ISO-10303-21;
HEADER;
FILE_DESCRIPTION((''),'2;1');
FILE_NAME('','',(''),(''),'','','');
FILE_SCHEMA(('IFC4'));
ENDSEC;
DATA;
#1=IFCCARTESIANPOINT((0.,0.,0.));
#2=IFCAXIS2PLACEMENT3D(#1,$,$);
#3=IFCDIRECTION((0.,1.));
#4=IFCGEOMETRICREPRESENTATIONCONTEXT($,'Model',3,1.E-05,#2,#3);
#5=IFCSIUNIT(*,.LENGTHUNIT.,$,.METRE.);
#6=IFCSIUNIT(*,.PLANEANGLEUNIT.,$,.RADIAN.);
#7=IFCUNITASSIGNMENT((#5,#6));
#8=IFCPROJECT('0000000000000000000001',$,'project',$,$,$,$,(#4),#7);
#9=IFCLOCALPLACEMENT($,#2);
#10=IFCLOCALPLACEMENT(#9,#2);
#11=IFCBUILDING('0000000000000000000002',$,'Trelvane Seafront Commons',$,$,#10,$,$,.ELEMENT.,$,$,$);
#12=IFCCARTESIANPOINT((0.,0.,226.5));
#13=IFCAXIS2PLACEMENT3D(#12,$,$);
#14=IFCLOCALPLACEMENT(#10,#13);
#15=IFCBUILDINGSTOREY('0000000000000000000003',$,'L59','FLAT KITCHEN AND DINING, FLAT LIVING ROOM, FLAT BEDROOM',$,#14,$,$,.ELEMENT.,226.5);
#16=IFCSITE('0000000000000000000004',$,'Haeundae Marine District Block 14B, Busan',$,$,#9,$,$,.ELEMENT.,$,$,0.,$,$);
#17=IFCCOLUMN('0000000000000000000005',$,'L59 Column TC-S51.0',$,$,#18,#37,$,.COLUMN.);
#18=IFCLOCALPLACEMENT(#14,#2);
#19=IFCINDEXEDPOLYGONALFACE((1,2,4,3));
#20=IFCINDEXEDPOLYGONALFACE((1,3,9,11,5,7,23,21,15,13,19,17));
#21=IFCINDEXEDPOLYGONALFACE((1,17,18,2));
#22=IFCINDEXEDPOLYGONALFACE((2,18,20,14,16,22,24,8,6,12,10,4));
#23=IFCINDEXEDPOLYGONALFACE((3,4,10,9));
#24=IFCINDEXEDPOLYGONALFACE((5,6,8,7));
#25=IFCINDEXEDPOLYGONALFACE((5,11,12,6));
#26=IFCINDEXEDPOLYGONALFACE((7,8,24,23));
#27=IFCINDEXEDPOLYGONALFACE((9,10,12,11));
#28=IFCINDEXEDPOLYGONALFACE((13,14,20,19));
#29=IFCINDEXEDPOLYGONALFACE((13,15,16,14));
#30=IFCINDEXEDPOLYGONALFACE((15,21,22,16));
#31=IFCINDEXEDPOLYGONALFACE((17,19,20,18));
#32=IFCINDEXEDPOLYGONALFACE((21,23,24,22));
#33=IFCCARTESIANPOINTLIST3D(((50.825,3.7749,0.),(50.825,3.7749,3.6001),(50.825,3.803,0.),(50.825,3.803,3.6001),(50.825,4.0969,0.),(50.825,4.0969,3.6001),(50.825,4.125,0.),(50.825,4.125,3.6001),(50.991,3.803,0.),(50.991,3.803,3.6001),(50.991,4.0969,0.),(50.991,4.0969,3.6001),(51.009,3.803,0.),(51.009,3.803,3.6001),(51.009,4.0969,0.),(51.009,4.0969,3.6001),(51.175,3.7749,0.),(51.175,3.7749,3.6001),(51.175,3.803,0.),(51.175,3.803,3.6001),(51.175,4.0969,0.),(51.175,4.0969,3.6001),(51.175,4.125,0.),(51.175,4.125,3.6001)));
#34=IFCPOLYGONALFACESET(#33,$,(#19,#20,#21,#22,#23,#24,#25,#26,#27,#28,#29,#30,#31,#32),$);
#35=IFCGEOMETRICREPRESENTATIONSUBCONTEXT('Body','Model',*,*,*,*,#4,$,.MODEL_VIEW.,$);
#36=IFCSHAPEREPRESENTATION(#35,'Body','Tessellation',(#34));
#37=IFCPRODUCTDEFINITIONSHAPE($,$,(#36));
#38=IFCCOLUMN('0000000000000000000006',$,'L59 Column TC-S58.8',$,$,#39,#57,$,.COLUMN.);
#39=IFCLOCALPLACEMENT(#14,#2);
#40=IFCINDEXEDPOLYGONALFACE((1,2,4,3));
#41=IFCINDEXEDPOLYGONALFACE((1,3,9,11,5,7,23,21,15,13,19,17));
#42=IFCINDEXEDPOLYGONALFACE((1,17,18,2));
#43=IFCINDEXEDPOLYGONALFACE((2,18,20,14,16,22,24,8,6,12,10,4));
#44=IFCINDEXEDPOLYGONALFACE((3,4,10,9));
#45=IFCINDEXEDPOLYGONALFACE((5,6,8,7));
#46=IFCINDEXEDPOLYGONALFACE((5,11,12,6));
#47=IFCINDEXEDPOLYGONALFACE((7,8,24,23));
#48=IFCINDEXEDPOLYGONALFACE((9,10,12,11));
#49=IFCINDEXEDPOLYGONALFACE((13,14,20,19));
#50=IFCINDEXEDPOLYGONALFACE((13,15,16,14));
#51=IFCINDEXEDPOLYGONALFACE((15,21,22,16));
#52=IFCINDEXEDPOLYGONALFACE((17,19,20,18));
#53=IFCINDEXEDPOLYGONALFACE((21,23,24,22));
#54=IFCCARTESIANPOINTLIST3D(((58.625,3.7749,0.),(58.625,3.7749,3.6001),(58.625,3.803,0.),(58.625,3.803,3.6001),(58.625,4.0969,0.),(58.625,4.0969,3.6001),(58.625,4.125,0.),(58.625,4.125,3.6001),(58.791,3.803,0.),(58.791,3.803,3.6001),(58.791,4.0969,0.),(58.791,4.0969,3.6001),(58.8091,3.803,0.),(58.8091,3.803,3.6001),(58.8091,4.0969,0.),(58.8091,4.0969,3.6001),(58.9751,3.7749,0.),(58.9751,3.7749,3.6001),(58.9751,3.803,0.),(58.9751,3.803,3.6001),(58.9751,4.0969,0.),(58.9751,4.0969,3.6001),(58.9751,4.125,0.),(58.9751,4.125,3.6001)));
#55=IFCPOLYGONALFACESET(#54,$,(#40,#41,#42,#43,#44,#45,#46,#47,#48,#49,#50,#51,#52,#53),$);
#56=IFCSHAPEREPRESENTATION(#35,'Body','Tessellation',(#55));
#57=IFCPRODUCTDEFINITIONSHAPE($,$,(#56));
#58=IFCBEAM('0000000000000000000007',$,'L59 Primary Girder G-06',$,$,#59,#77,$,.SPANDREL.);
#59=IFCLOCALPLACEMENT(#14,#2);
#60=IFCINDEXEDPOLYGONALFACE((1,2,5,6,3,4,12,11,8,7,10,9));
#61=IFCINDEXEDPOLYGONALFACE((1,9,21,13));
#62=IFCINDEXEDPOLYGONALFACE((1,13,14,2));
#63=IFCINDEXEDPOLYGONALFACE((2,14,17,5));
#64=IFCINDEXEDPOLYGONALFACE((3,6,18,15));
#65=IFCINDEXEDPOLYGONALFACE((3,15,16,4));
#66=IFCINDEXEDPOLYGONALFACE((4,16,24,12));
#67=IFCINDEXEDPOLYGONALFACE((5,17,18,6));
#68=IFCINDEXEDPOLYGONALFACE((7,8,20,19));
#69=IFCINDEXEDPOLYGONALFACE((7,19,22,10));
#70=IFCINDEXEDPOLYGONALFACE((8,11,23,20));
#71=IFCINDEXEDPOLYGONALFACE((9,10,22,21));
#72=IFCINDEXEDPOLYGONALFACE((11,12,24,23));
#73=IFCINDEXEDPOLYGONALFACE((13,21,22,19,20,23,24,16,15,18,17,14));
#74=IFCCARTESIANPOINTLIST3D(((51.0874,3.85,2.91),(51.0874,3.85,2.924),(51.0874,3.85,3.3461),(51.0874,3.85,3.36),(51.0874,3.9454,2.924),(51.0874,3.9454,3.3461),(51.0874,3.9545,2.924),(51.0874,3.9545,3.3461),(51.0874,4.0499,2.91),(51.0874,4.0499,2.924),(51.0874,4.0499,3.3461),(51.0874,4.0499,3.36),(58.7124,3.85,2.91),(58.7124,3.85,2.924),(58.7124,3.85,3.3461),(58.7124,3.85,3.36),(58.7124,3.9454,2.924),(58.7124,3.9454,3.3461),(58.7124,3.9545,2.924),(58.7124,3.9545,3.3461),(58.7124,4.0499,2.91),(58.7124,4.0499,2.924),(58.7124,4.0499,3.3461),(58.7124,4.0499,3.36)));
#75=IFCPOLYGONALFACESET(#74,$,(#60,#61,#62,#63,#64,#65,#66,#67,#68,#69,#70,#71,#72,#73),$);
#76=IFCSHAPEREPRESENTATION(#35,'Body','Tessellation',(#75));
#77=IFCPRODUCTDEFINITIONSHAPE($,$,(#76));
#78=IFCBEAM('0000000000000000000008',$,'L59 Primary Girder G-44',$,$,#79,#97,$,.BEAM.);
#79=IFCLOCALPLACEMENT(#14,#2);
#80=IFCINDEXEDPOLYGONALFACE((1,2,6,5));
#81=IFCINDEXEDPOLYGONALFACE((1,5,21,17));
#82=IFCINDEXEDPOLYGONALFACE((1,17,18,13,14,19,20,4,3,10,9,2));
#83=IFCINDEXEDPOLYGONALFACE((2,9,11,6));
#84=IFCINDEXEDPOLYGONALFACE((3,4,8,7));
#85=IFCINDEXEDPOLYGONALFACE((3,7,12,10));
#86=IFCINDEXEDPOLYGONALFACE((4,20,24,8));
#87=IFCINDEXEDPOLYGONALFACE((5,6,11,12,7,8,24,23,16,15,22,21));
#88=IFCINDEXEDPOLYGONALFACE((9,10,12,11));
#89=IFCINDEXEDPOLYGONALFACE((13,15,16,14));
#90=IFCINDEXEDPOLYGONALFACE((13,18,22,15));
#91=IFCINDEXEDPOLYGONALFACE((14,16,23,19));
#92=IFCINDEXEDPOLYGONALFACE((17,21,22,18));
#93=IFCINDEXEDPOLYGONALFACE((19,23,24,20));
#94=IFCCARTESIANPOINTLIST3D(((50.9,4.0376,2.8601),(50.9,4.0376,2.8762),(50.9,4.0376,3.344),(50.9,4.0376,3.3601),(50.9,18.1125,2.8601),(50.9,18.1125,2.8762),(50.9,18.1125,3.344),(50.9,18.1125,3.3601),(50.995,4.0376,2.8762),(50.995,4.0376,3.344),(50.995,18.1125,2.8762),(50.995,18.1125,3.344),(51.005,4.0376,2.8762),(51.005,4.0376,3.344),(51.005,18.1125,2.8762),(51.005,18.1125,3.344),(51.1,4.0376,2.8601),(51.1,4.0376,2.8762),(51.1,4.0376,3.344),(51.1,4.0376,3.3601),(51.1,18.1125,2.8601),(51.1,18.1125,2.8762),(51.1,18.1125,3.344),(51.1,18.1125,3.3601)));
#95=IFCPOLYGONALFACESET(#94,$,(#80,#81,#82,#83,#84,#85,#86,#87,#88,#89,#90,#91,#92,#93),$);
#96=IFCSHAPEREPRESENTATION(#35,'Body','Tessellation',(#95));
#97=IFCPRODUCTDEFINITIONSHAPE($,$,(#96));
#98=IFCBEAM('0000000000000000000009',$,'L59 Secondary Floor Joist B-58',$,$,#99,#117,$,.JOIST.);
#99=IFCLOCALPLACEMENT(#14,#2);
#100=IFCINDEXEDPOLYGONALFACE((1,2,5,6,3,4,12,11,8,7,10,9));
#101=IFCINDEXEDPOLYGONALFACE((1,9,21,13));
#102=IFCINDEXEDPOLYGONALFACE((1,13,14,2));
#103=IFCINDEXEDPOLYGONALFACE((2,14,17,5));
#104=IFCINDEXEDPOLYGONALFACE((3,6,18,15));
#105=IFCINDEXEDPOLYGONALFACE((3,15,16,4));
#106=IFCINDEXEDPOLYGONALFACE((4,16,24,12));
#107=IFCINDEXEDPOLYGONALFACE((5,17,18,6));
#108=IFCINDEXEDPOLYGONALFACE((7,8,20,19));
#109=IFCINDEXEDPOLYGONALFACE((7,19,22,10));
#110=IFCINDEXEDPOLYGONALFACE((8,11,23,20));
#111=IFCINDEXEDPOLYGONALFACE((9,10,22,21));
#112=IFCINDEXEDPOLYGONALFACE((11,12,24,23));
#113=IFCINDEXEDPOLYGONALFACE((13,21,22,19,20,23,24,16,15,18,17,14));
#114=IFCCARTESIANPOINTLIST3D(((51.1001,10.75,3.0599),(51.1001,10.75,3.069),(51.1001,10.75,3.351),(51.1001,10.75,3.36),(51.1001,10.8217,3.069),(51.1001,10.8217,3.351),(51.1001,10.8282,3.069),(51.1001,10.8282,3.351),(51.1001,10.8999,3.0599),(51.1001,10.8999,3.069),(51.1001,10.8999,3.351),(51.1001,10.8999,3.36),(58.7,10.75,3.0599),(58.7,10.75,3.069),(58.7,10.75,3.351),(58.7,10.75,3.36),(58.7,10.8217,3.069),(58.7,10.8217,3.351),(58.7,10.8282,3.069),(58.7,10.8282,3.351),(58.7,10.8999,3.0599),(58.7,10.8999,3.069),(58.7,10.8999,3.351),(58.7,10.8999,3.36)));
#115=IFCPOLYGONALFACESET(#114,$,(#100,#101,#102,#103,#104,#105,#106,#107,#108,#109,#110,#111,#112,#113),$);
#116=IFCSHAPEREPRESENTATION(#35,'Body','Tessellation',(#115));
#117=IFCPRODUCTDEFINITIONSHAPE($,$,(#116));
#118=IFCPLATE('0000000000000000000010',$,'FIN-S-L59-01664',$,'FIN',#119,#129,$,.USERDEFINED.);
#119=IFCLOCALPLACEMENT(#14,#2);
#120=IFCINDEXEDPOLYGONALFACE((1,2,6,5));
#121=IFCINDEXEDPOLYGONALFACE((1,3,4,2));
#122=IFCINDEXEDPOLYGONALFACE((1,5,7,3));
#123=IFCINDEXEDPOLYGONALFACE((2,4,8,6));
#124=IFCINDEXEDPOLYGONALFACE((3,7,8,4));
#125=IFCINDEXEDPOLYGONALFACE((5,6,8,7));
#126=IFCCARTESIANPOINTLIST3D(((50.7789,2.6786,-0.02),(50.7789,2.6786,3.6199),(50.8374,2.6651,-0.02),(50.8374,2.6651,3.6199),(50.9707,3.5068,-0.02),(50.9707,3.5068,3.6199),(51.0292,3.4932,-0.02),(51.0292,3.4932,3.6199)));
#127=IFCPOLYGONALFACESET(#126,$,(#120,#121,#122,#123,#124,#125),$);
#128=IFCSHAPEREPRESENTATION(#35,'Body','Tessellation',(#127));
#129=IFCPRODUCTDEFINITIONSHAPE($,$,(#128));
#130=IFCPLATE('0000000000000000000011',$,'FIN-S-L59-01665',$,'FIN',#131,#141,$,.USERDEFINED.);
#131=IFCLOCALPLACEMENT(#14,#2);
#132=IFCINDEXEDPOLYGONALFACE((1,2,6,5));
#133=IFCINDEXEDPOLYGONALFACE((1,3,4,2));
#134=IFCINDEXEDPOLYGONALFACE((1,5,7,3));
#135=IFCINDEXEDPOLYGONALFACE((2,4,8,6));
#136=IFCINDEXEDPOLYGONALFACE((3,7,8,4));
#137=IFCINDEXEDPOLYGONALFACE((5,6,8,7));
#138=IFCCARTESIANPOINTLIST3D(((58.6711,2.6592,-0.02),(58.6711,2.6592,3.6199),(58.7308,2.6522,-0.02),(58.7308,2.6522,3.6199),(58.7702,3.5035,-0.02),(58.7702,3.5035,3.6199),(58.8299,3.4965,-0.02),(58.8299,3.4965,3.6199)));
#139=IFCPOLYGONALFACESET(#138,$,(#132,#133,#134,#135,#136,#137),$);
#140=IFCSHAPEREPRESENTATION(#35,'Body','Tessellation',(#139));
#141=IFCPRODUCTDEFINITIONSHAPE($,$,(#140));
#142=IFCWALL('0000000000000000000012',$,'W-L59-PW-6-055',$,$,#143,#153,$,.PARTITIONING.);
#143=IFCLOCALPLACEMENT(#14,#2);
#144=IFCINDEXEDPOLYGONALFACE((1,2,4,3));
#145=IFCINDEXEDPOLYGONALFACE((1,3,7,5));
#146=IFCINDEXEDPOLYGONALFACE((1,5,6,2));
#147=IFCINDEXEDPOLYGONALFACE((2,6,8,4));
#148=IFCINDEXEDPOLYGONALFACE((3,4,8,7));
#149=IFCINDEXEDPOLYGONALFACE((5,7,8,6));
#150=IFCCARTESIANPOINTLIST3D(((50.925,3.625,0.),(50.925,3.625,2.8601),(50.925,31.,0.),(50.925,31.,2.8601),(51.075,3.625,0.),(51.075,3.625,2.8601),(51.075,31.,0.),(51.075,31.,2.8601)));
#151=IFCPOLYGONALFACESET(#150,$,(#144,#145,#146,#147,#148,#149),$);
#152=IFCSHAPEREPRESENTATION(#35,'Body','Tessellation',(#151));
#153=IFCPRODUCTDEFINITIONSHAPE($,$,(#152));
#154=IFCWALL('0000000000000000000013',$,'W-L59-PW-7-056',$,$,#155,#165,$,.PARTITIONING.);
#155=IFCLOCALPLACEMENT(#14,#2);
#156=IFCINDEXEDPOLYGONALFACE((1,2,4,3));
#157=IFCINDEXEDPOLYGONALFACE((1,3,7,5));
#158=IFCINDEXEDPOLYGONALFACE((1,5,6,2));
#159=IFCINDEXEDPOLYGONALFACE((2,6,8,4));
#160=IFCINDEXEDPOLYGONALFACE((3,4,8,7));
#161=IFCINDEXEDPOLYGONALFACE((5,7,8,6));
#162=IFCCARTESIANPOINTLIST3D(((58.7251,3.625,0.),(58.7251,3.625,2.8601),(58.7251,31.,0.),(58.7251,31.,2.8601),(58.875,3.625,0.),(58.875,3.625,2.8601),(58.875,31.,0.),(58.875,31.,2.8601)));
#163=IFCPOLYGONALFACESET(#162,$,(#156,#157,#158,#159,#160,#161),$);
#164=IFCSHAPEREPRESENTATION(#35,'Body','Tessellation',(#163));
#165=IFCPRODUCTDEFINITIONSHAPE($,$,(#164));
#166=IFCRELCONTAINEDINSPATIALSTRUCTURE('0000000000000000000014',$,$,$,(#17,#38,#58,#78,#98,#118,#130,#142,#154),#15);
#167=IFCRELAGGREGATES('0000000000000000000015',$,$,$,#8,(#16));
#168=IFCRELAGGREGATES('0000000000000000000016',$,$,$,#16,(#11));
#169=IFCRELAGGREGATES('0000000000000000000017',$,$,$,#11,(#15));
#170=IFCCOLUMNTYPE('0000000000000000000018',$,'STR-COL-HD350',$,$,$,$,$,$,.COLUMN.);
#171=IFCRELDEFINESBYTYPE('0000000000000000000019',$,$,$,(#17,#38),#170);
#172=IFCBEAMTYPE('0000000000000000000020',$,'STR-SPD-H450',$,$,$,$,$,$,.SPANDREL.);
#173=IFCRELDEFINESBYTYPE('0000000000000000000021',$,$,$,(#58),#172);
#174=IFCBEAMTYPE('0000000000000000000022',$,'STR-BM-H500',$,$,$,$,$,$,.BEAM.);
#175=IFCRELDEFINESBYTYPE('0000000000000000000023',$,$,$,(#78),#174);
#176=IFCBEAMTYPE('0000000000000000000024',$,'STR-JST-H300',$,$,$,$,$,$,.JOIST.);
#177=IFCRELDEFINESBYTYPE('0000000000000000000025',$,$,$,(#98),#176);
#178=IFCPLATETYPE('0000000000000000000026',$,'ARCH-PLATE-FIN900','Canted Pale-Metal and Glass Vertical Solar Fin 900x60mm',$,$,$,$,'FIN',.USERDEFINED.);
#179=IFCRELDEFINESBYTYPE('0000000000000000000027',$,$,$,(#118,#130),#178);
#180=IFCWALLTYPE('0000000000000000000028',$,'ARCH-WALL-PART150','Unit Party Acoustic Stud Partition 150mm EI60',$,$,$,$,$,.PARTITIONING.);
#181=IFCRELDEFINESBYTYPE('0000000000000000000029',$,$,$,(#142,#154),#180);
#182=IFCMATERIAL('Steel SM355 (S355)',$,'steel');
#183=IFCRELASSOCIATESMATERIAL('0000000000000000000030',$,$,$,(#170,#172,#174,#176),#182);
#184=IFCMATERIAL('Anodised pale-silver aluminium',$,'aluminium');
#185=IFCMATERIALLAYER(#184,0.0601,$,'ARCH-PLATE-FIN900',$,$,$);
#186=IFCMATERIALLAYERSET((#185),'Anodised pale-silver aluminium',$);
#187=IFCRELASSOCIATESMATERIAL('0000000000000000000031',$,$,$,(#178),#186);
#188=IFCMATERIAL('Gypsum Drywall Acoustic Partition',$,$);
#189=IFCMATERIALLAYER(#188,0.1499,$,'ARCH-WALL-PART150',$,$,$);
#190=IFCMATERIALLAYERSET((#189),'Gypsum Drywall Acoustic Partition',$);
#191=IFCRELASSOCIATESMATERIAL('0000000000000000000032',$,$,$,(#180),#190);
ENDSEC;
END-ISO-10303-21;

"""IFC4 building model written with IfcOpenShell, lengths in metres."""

from ifc_helpers import new_model, si_unit, direction, frame, frame_2d, origin, origin_2d, place, context, subcontext, project, spatial, rectangle, i_section, extrude, source, transform, mapped, material, layer, layer_set, material_profile, profile_set, type_object, element, save


model = new_model("IFC4")

# Units and contexts
model_context = context("Model", 3, precision=1e-05, world=origin(), true_north=direction((0.0, 1.0)))
body_context = subcontext(model_context, "Body", "Model", "MODEL_VIEW")
ifc_project = project(units=[si_unit("LENGTHUNIT", "METRE"), si_unit("PLANEANGLEUNIT", "RADIAN")], contexts=[model_context])

# Site, building, storey
site_placement = place(None, origin())
site = spatial("IfcSite", under=ifc_project, at=site_placement, Name="Haeundae Marine District Block 14B, Busan", CompositionType="ELEMENT", RefElevation=0.0)
building_placement = place(site_placement, origin())
building = spatial("IfcBuilding", under=site, at=building_placement, Name="Trelvane Seafront Commons", CompositionType="ELEMENT")
storey_placement = place(building_placement, frame((0.0, 0.0, 226.5)))
storey = spatial("IfcBuildingStorey", under=building, at=storey_placement, Name="L59", Description="FLAT KITCHEN AND DINING, FLAT LIVING ROOM, FLAT BEDROOM", CompositionType="ELEMENT", Elevation=226.5)

# Columns
ifc_material_1 = material(Name="Steel SM355 (S355)", Category="steel")
ifc_material_profile_1 = material_profile(ifc_material_1, i_section(OverallWidth=0.3501, OverallDepth=0.3501, WebThickness=0.0181, FlangeThickness=0.0281, at=origin_2d()), Name="HD-350x350x18x28")
ifc_profile_set_1 = profile_set([ifc_material_profile_1], Name="Steel SM355 (S355)")
column_type = type_object("IfcColumnType", Name="STR-COL-HD350", PredefinedType="COLUMN", material=ifc_profile_set_1)
shared_shape_1 = source(origin(), body_context, "Body", "SweptSolid", [
    extrude(i_section(OverallWidth=0.3501, OverallDepth=0.3501, WebThickness=0.0181, FlangeThickness=0.0281, at=origin_2d()), origin(), (0.0, 0.0, 1.0), 3.6001),
])
for number, where, z_axis, x_axis, name in (
    (1, (51.0, 3.95, 0.0), (0.0, 0.0, 1.0), (1.0, 0.0, 0.0), "L59 Column TC-S51.0"),
    (2, (58.8, 3.95, 0.0), (0.0, 0.0, 1.0), (1.0, 0.0, 0.0), "L59 Column TC-S58.8"),
):
    element("IfcColumn", number, at=place(storey_placement, frame(where, z_axis=z_axis, x_axis=x_axis)), inside=storey, type_object=column_type, Name=name, PredefinedType="COLUMN", context=body_context, shape_type="MappedRepresentation", body=[
        mapped(shared_shape_1, transform((0.0, 0.0, 0.0), x_axis=(1.0, 0.0, 0.0), y_axis=(0.0, 1.0, 0.0), z_axis=(0.0, 0.0, 1.0), scale=1.0)),
    ])

# Beams
ifc_material_profile_2 = material_profile(ifc_material_1, i_section(OverallWidth=0.2, OverallDepth=0.45, WebThickness=0.009, FlangeThickness=0.0139, at=origin_2d()), Name="H-450x200x9x14")
ifc_profile_set_2 = profile_set([ifc_material_profile_2], Name="Steel SM355 (S355)")
beam_type_1 = type_object("IfcBeamType", Name="STR-SPD-H450", PredefinedType="SPANDREL", material=ifc_profile_set_2)
shared_shape_2 = source(origin(), body_context, "Body", "SweptSolid", [
    extrude(i_section(OverallWidth=0.2, OverallDepth=0.45, WebThickness=0.009, FlangeThickness=0.0139, at=origin_2d()), origin(), (0.0, 0.0, 1.0), 7.625),
])
beam_1_placement = place(storey_placement, frame((51.0874, 3.95, 3.135), z_axis=(1.0, 0.0, 0.0), x_axis=(0.0, 1.0, 0.0)))
element("IfcBeam", 3, at=beam_1_placement, inside=storey, type_object=beam_type_1, Name="L59 Primary Girder G-06", PredefinedType="SPANDREL", context=body_context, shape_type="MappedRepresentation", body=[
    mapped(shared_shape_2, transform((0.0, 0.0, 0.0), x_axis=(1.0, 0.0, 0.0), y_axis=(0.0, 1.0, 0.0), z_axis=(0.0, 0.0, 1.0), scale=1.0)),
])
ifc_material_profile_3 = material_profile(ifc_material_1, i_section(OverallWidth=0.2, OverallDepth=0.5, WebThickness=0.01, FlangeThickness=0.0161, at=origin_2d()), Name="H-500x200x10x16")
ifc_profile_set_3 = profile_set([ifc_material_profile_3], Name="Steel SM355 (S355)")
beam_type_2 = type_object("IfcBeamType", Name="STR-BM-H500", PredefinedType="BEAM", material=ifc_profile_set_3)
shared_shape_3 = source(origin(), body_context, "Body", "SweptSolid", [
    extrude(i_section(OverallWidth=0.2, OverallDepth=0.5, WebThickness=0.01, FlangeThickness=0.0161, at=origin_2d()), origin(), (0.0, 0.0, 1.0), 14.075),
])
beam_2_placement = place(storey_placement, frame((51.0, 4.0376, 3.1101), z_axis=(0.0, 1.0, 0.0), x_axis=(-1.0, 0.0, 0.0)))
element("IfcBeam", 4, at=beam_2_placement, inside=storey, type_object=beam_type_2, Name="L59 Primary Girder G-44", PredefinedType="BEAM", context=body_context, shape_type="MappedRepresentation", body=[
    mapped(shared_shape_3, transform((0.0, 0.0, 0.0), x_axis=(1.0, 0.0, 0.0), y_axis=(0.0, 1.0, 0.0), z_axis=(0.0, 0.0, 1.0), scale=1.0)),
])
ifc_material_profile_4 = material_profile(ifc_material_1, i_section(OverallWidth=0.1499, OverallDepth=0.3, WebThickness=0.0066, FlangeThickness=0.009, at=origin_2d()), Name="H-300x150x6.5x9")
ifc_profile_set_4 = profile_set([ifc_material_profile_4], Name="Steel SM355 (S355)")
beam_type_3 = type_object("IfcBeamType", Name="STR-JST-H300", PredefinedType="JOIST", material=ifc_profile_set_4)
shared_shape_4 = source(origin(), body_context, "Body", "SweptSolid", [
    extrude(i_section(OverallWidth=0.1499, OverallDepth=0.3, WebThickness=0.0066, FlangeThickness=0.009, at=origin_2d()), origin(), (0.0, 0.0, 1.0), 7.5999),
])
beam_3_placement = place(storey_placement, frame((51.1001, 10.825, 3.21), z_axis=(1.0, 0.0, 0.0), x_axis=(0.0, 1.0, 0.0)))
element("IfcBeam", 5, at=beam_3_placement, inside=storey, type_object=beam_type_3, Name="L59 Secondary Floor Joist B-58", PredefinedType="JOIST", context=body_context, shape_type="MappedRepresentation", body=[
    mapped(shared_shape_4, transform((0.0, 0.0, 0.0), x_axis=(1.0, 0.0, 0.0), y_axis=(0.0, 1.0, 0.0), z_axis=(0.0, 0.0, 1.0), scale=1.0)),
])

# Plates
ifc_material_2 = material(Name="Anodised pale-silver aluminium", Category="aluminium")
ifc_layer_1 = layer(ifc_material_2, 0.0601, Name="ARCH-PLATE-FIN900")
ifc_layer_set_1 = layer_set([ifc_layer_1], Name="Anodised pale-silver aluminium")
plate_type = type_object("IfcPlateType", Name="ARCH-PLATE-FIN900", Description="Canted Pale-Metal and Glass Vertical Solar Fin 900x60mm", ElementType="FIN", PredefinedType="USERDEFINED", material=ifc_layer_set_1)
shared_shape_5 = source(origin(), body_context, "Body", "SweptSolid", [
    extrude(rectangle(XDim=0.8501, YDim=0.0601, at=origin_2d()), origin(), (0.0, 0.0, 1.0), 3.6399),
])
for number, where, z_axis, x_axis, name in (
    (6, (50.9041, 3.0859, -0.02), (0.0, 0.0, 1.0), (-0.225641, -0.97421, 0.0), "FIN-S-L59-01664"),
    (7, (58.7505, 3.0779, -0.02), (0.0, 0.0, 1.0), (-0.116589, -0.99318, 0.0), "FIN-S-L59-01665"),
):
    element("IfcPlate", number, at=place(storey_placement, frame(where, z_axis=z_axis, x_axis=x_axis)), inside=storey, type_object=plate_type, Name=name, ObjectType="FIN", PredefinedType="USERDEFINED", context=body_context, shape_type="MappedRepresentation", body=[
        mapped(shared_shape_5, transform((0.0, 0.0, 0.0), x_axis=(1.0, 0.0, 0.0), y_axis=(0.0, 1.0, 0.0), z_axis=(0.0, 0.0, 1.0), scale=1.0)),
    ])

# Walls
ifc_material_3 = material(Name="Gypsum Drywall Acoustic Partition")
ifc_layer_2 = layer(ifc_material_3, 0.1499, Name="ARCH-WALL-PART150")
ifc_layer_set_2 = layer_set([ifc_layer_2], Name="Gypsum Drywall Acoustic Partition")
wall_type = type_object("IfcWallType", Name="ARCH-WALL-PART150", Description="Unit Party Acoustic Stud Partition 150mm EI60", PredefinedType="PARTITIONING", material=ifc_layer_set_2)
for number, where, z_axis, x_axis, name in (
    (8, (51.0, 3.625, 0.0), (0.0, 0.0, 1.0), (0.0, 1.0, 0.0), "W-L59-PW-6-055"),
    (9, (58.8, 3.625, 0.0), (0.0, 0.0, 1.0), (0.0, 1.0, 0.0), "W-L59-PW-7-056"),
):
    element("IfcWall", number, at=place(storey_placement, frame(where, z_axis=z_axis, x_axis=x_axis)), inside=storey, type_object=wall_type, Name=name, PredefinedType="PARTITIONING", context=body_context, shape_type="SweptSolid", body=[
        extrude(rectangle(XDim=27.375, YDim=0.1499, at=frame_2d((13.6875, 0.0))), origin(), (0.0, 0.0, 1.0), 2.8601),
    ])

save(model, "model.ifc")
